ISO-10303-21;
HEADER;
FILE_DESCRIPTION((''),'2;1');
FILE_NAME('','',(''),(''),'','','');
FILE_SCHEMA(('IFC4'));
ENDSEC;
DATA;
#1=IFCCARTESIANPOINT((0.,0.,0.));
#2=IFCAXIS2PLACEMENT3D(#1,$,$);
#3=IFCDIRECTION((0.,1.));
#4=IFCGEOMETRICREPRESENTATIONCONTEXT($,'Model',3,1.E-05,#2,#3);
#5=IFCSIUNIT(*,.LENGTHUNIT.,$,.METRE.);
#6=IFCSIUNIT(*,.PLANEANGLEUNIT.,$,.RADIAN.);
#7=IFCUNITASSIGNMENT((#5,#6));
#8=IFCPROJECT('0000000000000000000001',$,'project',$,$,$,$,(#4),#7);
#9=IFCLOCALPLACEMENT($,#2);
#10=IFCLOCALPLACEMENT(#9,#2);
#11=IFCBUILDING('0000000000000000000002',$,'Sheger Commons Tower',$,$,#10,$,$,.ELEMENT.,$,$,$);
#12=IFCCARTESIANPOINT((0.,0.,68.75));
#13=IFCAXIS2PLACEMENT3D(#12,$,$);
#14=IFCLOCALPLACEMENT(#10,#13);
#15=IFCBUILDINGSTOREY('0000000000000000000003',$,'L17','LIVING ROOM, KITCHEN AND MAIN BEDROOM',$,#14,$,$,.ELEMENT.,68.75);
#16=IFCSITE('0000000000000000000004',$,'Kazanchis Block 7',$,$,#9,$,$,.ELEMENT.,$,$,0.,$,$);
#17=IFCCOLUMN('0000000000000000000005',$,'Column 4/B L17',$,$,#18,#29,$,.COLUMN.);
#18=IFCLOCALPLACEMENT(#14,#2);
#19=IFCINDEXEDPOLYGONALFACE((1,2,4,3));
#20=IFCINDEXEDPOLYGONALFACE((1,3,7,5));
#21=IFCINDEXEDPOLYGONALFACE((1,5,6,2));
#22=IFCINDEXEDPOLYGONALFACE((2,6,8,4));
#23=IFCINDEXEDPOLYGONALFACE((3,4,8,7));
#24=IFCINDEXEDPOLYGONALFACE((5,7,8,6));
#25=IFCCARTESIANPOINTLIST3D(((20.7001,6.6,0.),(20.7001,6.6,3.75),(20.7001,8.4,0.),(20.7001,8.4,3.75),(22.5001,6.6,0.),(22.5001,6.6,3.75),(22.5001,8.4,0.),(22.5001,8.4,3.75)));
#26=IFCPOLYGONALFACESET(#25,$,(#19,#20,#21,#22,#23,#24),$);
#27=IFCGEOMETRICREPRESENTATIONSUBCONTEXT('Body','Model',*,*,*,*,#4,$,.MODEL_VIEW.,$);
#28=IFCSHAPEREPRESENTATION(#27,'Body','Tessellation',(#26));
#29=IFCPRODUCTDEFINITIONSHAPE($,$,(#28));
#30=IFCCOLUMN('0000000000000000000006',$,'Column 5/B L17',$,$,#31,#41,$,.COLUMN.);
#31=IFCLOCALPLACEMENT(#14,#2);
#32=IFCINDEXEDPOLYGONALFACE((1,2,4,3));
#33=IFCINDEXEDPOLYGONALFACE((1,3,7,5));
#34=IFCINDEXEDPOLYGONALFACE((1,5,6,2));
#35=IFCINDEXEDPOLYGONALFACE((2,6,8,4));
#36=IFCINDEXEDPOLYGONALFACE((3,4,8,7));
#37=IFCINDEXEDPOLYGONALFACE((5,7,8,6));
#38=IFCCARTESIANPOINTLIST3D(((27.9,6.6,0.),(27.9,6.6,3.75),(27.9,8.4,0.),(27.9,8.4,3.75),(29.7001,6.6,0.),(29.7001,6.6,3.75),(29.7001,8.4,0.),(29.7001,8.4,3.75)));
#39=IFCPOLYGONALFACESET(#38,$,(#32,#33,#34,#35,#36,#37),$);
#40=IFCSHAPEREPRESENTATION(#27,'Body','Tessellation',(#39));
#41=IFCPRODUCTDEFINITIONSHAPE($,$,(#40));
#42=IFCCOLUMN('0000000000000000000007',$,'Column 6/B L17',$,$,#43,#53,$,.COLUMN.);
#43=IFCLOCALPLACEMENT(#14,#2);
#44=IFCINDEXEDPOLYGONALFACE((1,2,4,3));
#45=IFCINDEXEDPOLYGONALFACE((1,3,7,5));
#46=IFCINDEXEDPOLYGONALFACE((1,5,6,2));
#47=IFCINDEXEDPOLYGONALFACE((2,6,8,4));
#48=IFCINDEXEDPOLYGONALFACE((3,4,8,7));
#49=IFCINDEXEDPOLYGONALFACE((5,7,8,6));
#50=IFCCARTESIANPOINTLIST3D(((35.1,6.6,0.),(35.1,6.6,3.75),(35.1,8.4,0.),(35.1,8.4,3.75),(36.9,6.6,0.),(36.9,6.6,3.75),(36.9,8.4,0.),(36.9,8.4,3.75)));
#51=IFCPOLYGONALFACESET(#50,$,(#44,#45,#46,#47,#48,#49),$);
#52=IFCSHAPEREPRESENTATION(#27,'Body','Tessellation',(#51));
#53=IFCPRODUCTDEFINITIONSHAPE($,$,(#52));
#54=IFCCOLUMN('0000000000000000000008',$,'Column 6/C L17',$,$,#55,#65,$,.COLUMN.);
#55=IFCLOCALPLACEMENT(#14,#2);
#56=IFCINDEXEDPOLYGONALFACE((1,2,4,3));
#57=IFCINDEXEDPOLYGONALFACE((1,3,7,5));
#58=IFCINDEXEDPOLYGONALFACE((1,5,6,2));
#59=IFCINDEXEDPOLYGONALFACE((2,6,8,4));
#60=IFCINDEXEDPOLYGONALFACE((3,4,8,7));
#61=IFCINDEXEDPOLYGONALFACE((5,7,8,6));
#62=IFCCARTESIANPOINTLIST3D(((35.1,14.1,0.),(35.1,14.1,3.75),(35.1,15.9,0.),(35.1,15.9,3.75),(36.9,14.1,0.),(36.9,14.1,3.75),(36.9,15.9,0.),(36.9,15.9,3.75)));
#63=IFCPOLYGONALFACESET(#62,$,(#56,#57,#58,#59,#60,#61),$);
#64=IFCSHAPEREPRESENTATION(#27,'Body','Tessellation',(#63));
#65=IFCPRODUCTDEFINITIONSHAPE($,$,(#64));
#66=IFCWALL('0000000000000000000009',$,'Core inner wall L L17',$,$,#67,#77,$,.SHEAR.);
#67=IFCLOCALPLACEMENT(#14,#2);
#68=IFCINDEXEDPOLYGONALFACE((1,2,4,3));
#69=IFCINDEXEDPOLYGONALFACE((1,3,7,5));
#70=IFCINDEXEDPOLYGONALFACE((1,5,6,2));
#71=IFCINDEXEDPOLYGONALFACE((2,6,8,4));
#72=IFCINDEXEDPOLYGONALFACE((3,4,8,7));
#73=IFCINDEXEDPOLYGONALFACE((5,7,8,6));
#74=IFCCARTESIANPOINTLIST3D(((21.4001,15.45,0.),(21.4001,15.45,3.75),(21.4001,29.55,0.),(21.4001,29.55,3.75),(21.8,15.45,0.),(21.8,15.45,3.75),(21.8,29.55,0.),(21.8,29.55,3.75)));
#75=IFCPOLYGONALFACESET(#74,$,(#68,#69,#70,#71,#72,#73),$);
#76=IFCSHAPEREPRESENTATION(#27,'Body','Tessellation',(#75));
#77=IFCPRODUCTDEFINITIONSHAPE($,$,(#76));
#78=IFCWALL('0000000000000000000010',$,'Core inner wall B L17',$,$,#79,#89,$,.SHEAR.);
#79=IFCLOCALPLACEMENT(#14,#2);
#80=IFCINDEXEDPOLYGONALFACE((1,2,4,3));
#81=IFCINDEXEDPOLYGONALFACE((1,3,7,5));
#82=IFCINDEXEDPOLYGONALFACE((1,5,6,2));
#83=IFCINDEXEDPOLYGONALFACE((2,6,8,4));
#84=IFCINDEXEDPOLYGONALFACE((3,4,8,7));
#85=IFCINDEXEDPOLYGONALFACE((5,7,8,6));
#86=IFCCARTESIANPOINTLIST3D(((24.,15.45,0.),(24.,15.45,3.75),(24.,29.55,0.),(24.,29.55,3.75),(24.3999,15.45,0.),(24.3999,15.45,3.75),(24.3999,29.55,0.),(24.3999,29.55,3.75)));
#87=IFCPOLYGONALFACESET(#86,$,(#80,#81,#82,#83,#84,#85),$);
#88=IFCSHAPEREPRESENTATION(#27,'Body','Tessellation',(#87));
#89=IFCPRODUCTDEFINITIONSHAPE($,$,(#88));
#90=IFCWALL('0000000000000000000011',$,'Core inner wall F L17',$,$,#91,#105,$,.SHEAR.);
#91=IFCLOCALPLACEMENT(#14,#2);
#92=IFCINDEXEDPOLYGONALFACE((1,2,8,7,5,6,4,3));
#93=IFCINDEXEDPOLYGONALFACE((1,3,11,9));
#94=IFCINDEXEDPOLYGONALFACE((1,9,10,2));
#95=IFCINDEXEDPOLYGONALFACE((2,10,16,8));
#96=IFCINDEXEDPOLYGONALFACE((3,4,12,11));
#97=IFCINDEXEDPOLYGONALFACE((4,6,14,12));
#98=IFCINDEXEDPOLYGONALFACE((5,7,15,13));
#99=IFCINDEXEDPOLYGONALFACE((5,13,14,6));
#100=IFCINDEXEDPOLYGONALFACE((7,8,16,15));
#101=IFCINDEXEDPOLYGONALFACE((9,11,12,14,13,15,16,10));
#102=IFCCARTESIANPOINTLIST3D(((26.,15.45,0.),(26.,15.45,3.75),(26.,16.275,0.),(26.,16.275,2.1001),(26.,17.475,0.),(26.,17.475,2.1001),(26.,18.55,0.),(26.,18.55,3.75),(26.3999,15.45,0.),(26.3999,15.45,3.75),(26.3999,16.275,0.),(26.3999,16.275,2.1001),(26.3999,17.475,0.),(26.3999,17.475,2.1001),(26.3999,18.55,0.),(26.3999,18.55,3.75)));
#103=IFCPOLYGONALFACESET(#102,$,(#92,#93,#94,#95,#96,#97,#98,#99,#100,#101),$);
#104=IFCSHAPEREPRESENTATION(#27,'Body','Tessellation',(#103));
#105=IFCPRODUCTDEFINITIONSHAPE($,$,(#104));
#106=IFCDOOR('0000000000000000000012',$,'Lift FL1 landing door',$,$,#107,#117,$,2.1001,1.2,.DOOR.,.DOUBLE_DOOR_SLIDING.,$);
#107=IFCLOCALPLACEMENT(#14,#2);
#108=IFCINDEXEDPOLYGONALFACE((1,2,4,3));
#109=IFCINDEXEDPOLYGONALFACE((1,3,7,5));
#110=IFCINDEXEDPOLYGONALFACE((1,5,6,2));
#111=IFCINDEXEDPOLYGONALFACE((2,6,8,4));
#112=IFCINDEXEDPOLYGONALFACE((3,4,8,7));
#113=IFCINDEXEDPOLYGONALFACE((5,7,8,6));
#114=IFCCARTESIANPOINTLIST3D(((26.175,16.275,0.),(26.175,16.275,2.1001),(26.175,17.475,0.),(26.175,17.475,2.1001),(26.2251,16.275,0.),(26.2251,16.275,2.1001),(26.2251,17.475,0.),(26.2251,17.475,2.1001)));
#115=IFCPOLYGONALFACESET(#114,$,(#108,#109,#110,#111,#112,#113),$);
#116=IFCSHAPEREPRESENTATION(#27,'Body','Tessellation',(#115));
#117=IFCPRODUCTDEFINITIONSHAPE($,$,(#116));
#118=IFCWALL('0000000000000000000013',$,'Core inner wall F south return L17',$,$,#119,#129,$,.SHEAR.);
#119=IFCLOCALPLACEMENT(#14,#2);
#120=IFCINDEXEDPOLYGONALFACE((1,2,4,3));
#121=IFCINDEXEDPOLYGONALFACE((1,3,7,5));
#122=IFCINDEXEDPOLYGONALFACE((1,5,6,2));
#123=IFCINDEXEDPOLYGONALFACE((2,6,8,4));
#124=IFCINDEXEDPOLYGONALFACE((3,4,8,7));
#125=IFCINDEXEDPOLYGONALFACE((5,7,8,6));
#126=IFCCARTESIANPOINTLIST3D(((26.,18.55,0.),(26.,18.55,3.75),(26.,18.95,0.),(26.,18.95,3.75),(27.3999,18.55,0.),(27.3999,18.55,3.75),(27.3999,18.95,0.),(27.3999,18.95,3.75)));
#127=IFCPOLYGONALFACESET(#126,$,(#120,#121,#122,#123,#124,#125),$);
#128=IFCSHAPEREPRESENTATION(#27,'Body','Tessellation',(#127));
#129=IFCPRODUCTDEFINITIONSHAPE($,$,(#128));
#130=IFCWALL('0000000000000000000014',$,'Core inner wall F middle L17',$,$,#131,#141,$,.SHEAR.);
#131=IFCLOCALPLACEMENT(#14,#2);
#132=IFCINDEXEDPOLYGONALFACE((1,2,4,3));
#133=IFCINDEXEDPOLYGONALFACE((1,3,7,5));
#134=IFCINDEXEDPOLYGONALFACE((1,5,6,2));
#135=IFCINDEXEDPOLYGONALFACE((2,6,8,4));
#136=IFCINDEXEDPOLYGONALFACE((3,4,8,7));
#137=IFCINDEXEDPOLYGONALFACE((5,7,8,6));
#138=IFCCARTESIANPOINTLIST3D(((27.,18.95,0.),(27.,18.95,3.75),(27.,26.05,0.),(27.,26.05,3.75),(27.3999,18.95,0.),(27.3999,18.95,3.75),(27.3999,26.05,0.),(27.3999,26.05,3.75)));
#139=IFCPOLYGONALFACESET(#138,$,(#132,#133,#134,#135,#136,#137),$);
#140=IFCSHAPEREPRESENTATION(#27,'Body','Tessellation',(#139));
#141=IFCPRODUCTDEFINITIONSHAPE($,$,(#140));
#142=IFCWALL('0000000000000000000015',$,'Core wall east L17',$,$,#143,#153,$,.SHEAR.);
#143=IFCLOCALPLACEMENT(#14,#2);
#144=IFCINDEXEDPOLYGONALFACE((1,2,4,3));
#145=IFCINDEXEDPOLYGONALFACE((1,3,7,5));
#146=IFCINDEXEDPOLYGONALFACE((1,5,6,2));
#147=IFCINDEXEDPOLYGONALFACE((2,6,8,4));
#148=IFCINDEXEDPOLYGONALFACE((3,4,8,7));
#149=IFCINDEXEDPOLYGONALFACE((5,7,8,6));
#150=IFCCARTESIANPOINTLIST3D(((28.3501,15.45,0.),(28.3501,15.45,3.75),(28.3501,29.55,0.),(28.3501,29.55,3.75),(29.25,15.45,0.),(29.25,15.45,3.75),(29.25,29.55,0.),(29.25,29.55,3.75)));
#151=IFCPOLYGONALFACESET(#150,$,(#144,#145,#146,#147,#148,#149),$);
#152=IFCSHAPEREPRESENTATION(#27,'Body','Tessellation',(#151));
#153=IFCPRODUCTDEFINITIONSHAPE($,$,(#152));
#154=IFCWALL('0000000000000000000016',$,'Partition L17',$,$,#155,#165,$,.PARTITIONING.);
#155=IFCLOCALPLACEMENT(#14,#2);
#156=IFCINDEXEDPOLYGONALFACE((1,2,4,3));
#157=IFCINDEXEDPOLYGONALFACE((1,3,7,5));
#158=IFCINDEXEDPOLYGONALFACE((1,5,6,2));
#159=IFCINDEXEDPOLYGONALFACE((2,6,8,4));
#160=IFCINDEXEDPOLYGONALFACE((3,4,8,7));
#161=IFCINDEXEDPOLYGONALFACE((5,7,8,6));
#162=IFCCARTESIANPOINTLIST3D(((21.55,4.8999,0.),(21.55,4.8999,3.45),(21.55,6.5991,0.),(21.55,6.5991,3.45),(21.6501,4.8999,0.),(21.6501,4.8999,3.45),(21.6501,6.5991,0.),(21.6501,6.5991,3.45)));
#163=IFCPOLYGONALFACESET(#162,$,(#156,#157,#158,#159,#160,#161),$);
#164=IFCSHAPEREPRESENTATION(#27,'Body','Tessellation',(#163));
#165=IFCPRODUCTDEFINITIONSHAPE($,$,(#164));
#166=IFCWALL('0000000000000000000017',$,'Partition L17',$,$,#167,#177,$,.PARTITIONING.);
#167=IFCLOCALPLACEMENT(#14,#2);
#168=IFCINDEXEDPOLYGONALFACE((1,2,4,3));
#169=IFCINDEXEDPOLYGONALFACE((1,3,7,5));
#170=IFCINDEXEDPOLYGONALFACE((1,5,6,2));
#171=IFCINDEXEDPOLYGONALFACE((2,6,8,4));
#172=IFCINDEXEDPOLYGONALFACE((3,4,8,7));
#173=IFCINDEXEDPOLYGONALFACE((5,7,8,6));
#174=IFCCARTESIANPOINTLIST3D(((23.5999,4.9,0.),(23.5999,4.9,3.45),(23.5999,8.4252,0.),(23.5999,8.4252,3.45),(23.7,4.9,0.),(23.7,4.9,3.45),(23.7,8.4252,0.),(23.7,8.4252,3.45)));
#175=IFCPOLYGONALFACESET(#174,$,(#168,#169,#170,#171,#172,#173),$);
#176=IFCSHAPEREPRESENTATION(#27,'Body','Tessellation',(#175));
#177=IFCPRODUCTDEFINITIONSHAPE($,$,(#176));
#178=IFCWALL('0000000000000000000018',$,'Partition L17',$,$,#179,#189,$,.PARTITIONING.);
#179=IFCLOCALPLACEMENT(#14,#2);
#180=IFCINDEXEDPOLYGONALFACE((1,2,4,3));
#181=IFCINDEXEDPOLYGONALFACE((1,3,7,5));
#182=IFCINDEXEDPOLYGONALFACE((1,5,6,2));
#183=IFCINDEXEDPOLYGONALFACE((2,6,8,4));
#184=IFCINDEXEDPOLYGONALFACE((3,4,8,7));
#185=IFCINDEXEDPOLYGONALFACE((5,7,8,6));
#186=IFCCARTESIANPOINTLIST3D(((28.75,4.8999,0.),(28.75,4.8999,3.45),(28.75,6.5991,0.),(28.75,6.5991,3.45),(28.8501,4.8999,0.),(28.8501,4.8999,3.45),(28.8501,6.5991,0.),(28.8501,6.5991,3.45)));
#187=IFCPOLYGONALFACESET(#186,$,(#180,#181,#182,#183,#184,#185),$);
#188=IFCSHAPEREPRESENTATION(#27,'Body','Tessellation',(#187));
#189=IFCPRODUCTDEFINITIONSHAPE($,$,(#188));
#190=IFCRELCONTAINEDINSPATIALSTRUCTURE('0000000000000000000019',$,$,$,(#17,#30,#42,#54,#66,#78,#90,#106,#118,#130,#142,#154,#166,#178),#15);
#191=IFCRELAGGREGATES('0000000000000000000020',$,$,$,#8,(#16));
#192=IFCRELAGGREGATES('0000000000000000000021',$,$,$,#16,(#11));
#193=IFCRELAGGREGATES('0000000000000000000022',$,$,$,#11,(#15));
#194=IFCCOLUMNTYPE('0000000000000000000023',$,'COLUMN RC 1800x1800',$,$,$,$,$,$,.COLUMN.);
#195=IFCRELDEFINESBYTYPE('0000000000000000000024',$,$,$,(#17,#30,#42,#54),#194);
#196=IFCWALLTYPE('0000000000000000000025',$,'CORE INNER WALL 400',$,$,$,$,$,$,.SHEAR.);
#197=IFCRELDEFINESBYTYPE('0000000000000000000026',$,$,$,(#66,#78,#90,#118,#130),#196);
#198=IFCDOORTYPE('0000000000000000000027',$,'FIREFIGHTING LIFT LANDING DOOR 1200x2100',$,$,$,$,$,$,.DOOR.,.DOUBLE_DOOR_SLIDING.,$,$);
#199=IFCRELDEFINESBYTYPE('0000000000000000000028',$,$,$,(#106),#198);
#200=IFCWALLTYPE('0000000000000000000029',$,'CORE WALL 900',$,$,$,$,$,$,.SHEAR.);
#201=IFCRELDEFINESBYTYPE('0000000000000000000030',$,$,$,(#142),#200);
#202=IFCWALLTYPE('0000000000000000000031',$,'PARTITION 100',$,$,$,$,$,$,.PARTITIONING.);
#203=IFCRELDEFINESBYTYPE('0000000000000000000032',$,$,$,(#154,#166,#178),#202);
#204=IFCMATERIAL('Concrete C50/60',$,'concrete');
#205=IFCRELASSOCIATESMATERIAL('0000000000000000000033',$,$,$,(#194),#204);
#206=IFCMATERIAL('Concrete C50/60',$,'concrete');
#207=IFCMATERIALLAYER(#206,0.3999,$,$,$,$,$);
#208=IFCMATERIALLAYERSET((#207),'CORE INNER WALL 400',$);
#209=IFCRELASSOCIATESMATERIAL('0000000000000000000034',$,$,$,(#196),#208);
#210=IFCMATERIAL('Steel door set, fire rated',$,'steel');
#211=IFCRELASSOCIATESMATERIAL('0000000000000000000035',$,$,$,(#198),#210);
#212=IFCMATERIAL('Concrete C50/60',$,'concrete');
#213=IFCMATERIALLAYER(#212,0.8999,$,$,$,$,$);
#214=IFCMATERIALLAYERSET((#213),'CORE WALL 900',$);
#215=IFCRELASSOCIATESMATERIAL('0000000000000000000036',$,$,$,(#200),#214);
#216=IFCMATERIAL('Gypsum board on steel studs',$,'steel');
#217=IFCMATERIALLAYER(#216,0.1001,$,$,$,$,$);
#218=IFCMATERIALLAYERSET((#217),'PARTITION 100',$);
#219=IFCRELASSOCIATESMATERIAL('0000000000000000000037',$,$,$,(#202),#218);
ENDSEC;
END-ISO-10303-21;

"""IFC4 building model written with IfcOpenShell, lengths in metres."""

from ifc_helpers import new_model, si_unit, direction, frame, frame_2d, origin, origin_2d, place, context, subcontext, project, spatial, rectangle, extrude, material, layer, layer_set, material_profile, profile_set, type_object, element, fill, save


model = new_model("IFC4")

# Units and contexts
model_context = context("Model", 3, precision=1e-05, world=origin(), true_north=direction((0.0, 1.0)))
body_context = subcontext(model_context, "Body", "Model", "MODEL_VIEW")
ifc_project = project(units=[si_unit("LENGTHUNIT", "METRE"), si_unit("PLANEANGLEUNIT", "RADIAN")], contexts=[model_context])

# Site, building, storey
site_placement = place(None, origin())
site = spatial("IfcSite", under=ifc_project, at=site_placement, Name="Kazanchis Block 7", CompositionType="ELEMENT", RefElevation=0.0)
building_placement = place(site_placement, origin())
building = spatial("IfcBuilding", under=site, at=building_placement, Name="Sheger Commons Tower", CompositionType="ELEMENT")
storey_placement = place(building_placement, frame((0.0, 0.0, 68.75)))
storey = spatial("IfcBuildingStorey", under=building, at=storey_placement, Name="L17", Description="LIVING ROOM, KITCHEN AND MAIN BEDROOM", CompositionType="ELEMENT", Elevation=68.75)

# Columns
ifc_material_1 = material(Name="Concrete C50/60", Category="concrete")
ifc_material_profile = material_profile(ifc_material_1, rectangle(XDim=1.8, YDim=1.8, at=origin_2d()), Name="RC 1800x1800")
ifc_profile_set = profile_set([ifc_material_profile], Name="Concrete C50/60")
column_type = type_object("IfcColumnType", Name="COLUMN RC 1800x1800", PredefinedType="COLUMN", material=ifc_profile_set)
for number, where, z_axis, x_axis, name in (
    (1, (21.6001, 7.5, 0.0), (0.0, 0.0, 1.0), (1.0, 0.0, 0.0), "Column 4/B L17"),
    (2, (28.8, 7.5, 0.0), (0.0, 0.0, 1.0), (1.0, 0.0, 0.0), "Column 5/B L17"),
    (3, (36.0, 7.5, 0.0), (0.0, 0.0, 1.0), (1.0, 0.0, 0.0), "Column 6/B L17"),
    (4, (36.0, 15.0, 0.0), (0.0, 0.0, 1.0), (1.0, 0.0, 0.0), "Column 6/C L17"),
):
    element("IfcColumn", number, at=place(storey_placement, frame(where, z_axis=z_axis, x_axis=x_axis)), inside=storey, type_object=column_type, Name=name, PredefinedType="COLUMN", context=body_context, shape_type="SweptSolid", body=[
        extrude(rectangle(XDim=1.8, YDim=1.8, at=origin_2d()), origin(), (0.0, 0.0, 1.0), 3.75),
    ])

# Walls
ifc_material_2 = material(Name="Concrete C50/60", Category="concrete")
ifc_layer_1 = layer(ifc_material_2, 0.3999)
ifc_layer_set_1 = layer_set([ifc_layer_1], Name="CORE INNER WALL 400")
wall_type_1 = type_object("IfcWallType", Name="CORE INNER WALL 400", PredefinedType="SHEAR", material=ifc_layer_set_1)
for number, where, z_axis, x_axis, name in (
    (5, (21.6001, 15.45, 0.0), (0.0, 0.0, 1.0), (0.0, 1.0, 0.0), "Core inner wall L L17"),
    (6, (24.2, 15.45, 0.0), (0.0, 0.0, 1.0), (0.0, 1.0, 0.0), "Core inner wall B L17"),
):
    element("IfcWall", number, at=place(storey_placement, frame(where, z_axis=z_axis, x_axis=x_axis)), inside=storey, type_object=wall_type_1, Name=name, PredefinedType="SHEAR", context=body_context, shape_type="SweptSolid", body=[
        extrude(rectangle(XDim=14.1001, YDim=0.3999, at=frame_2d((7.05, 0.0))), origin(), (0.0, 0.0, 1.0), 3.75),
    ])

# Wall, opening, door
wall_1_placement = place(storey_placement, frame((26.2, 15.45, 0.0), z_axis=(0.0, 0.0, 1.0), x_axis=(0.0, 1.0, 0.0)))
wall_1 = element("IfcWall", 7, at=wall_1_placement, inside=storey, type_object=wall_type_1, Name="Core inner wall F L17", PredefinedType="SHEAR", context=body_context, shape_type="SweptSolid", body=[
    extrude(rectangle(XDim=3.1001, YDim=0.3999, at=frame_2d((1.55, 0.0))), origin(), (0.0, 0.0, 1.0), 3.75),
])
opening_1_placement = place(wall_1_placement, frame((0.825, 0.0, 0.0)))
opening_1 = element("IfcOpeningElement", 8, at=opening_1_placement, cuts=wall_1, PredefinedType="OPENING", context=body_context, shape_type="SweptSolid", body=[
    extrude(rectangle(XDim=1.2, YDim=2.1001, at=frame_2d((0.6001, 1.05))), frame((0.0, 0.21, 0.0), z_axis=(0.0, -1.0, 0.0), x_axis=(1.0, 0.0, 0.0)), (0.0, 0.0, 1.0), 0.4199),
])
ifc_material_3 = material(Name="Steel door set, fire rated", Category="steel")
door_type_1 = type_object("IfcDoorType", Name="FIREFIGHTING LIFT LANDING DOOR 1200x2100", OperationType="DOUBLE_DOOR_SLIDING", PredefinedType="DOOR", material=ifc_material_3)
door_1_placement = place(opening_1_placement, origin())
door_1 = element("IfcDoor", 9, at=door_1_placement, inside=storey, type_object=door_type_1, Name="Lift FL1 landing door", OperationType="DOUBLE_DOOR_SLIDING", OverallHeight=2.1001, OverallWidth=1.2, PredefinedType="DOOR", context=body_context, shape_type="SweptSolid", body=[
    extrude(rectangle(XDim=1.2, YDim=2.1001, at=frame_2d((0.6001, 1.05))), frame((0.0, 0.0249, 0.0), z_axis=(0.0, -1.0, 0.0), x_axis=(1.0, 0.0, 0.0)), (0.0, 0.0, 1.0), 0.05),
])
fill(opening_1, door_1)

# Walls
wall_2_placement = place(storey_placement, frame((26.0, 18.75, 0.0), z_axis=(0.0, 0.0, 1.0), x_axis=(1.0, 0.0, 0.0)))
element("IfcWall", 10, at=wall_2_placement, inside=storey, type_object=wall_type_1, Name="Core inner wall F south return L17", PredefinedType="SHEAR", context=body_context, shape_type="SweptSolid", body=[
    extrude(rectangle(XDim=1.3999, YDim=0.3999, at=frame_2d((0.7, 0.0))), origin(), (0.0, 0.0, 1.0), 3.75),
])
wall_3_placement = place(storey_placement, frame((27.2, 18.95, 0.0), z_axis=(0.0, 0.0, 1.0), x_axis=(0.0, 1.0, 0.0)))
element("IfcWall", 11, at=wall_3_placement, inside=storey, type_object=wall_type_1, Name="Core inner wall F middle L17", PredefinedType="SHEAR", context=body_context, shape_type="SweptSolid", body=[
    extrude(rectangle(XDim=7.1001, YDim=0.3999, at=frame_2d((3.55, 0.0))), origin(), (0.0, 0.0, 1.0), 3.75),
])
ifc_material_4 = material(Name="Concrete C50/60", Category="concrete")
ifc_layer_2 = layer(ifc_material_4, 0.8999)
ifc_layer_set_2 = layer_set([ifc_layer_2], Name="CORE WALL 900")
wall_type_2 = type_object("IfcWallType", Name="CORE WALL 900", PredefinedType="SHEAR", material=ifc_layer_set_2)
wall_4_placement = place(storey_placement, frame((28.8, 15.45, 0.0), z_axis=(0.0, 0.0, 1.0), x_axis=(0.0, 1.0, 0.0)))
element("IfcWall", 12, at=wall_4_placement, inside=storey, type_object=wall_type_2, Name="Core wall east L17", PredefinedType="SHEAR", context=body_context, shape_type="SweptSolid", body=[
    extrude(rectangle(XDim=14.1001, YDim=0.8999, at=frame_2d((7.05, 0.0))), origin(), (0.0, 0.0, 1.0), 3.75),
])
ifc_material_5 = material(Name="Gypsum board on steel studs", Category="steel")
ifc_layer_3 = layer(ifc_material_5, 0.1001)
ifc_layer_set_3 = layer_set([ifc_layer_3], Name="PARTITION 100")
wall_type_3 = type_object("IfcWallType", Name="PARTITION 100", PredefinedType="PARTITIONING", material=ifc_layer_set_3)
wall_5_placement = place(storey_placement, frame((21.6001, 4.8999, 0.0), z_axis=(0.0, 0.0, 1.0), x_axis=(0.0, 1.0, 0.0)))
element("IfcWall", 13, at=wall_5_placement, inside=storey, type_object=wall_type_3, Name="Partition L17", PredefinedType="PARTITIONING", context=body_context, shape_type="SweptSolid", body=[
    extrude(rectangle(XDim=1.6992, YDim=0.1001, at=frame_2d((0.8496, 0.0))), origin(), (0.0, 0.0, 1.0), 3.45),
])
wall_6_placement = place(storey_placement, frame((23.6499, 4.8999, 0.0), z_axis=(0.0, 0.0, 1.0), x_axis=(0.0, 1.0, 0.0)))
element("IfcWall", 14, at=wall_6_placement, inside=storey, type_object=wall_type_3, Name="Partition L17", PredefinedType="PARTITIONING", context=body_context, shape_type="SweptSolid", body=[
    extrude(rectangle(XDim=3.5251, YDim=0.1001, at=frame_2d((1.7627, 0.0))), origin(), (0.0, 0.0, 1.0), 3.45),
])
wall_7_placement = place(storey_placement, frame((28.8, 4.8999, 0.0), z_axis=(0.0, 0.0, 1.0), x_axis=(0.0, 1.0, 0.0)))
element("IfcWall", 15, at=wall_7_placement, inside=storey, type_object=wall_type_3, Name="Partition L17", PredefinedType="PARTITIONING", context=body_context, shape_type="SweptSolid", body=[
    extrude(rectangle(XDim=1.6992, YDim=0.1001, at=frame_2d((0.8496, 0.0))), origin(), (0.0, 0.0, 1.0), 3.45),
])

save(model, "model.ifc")
